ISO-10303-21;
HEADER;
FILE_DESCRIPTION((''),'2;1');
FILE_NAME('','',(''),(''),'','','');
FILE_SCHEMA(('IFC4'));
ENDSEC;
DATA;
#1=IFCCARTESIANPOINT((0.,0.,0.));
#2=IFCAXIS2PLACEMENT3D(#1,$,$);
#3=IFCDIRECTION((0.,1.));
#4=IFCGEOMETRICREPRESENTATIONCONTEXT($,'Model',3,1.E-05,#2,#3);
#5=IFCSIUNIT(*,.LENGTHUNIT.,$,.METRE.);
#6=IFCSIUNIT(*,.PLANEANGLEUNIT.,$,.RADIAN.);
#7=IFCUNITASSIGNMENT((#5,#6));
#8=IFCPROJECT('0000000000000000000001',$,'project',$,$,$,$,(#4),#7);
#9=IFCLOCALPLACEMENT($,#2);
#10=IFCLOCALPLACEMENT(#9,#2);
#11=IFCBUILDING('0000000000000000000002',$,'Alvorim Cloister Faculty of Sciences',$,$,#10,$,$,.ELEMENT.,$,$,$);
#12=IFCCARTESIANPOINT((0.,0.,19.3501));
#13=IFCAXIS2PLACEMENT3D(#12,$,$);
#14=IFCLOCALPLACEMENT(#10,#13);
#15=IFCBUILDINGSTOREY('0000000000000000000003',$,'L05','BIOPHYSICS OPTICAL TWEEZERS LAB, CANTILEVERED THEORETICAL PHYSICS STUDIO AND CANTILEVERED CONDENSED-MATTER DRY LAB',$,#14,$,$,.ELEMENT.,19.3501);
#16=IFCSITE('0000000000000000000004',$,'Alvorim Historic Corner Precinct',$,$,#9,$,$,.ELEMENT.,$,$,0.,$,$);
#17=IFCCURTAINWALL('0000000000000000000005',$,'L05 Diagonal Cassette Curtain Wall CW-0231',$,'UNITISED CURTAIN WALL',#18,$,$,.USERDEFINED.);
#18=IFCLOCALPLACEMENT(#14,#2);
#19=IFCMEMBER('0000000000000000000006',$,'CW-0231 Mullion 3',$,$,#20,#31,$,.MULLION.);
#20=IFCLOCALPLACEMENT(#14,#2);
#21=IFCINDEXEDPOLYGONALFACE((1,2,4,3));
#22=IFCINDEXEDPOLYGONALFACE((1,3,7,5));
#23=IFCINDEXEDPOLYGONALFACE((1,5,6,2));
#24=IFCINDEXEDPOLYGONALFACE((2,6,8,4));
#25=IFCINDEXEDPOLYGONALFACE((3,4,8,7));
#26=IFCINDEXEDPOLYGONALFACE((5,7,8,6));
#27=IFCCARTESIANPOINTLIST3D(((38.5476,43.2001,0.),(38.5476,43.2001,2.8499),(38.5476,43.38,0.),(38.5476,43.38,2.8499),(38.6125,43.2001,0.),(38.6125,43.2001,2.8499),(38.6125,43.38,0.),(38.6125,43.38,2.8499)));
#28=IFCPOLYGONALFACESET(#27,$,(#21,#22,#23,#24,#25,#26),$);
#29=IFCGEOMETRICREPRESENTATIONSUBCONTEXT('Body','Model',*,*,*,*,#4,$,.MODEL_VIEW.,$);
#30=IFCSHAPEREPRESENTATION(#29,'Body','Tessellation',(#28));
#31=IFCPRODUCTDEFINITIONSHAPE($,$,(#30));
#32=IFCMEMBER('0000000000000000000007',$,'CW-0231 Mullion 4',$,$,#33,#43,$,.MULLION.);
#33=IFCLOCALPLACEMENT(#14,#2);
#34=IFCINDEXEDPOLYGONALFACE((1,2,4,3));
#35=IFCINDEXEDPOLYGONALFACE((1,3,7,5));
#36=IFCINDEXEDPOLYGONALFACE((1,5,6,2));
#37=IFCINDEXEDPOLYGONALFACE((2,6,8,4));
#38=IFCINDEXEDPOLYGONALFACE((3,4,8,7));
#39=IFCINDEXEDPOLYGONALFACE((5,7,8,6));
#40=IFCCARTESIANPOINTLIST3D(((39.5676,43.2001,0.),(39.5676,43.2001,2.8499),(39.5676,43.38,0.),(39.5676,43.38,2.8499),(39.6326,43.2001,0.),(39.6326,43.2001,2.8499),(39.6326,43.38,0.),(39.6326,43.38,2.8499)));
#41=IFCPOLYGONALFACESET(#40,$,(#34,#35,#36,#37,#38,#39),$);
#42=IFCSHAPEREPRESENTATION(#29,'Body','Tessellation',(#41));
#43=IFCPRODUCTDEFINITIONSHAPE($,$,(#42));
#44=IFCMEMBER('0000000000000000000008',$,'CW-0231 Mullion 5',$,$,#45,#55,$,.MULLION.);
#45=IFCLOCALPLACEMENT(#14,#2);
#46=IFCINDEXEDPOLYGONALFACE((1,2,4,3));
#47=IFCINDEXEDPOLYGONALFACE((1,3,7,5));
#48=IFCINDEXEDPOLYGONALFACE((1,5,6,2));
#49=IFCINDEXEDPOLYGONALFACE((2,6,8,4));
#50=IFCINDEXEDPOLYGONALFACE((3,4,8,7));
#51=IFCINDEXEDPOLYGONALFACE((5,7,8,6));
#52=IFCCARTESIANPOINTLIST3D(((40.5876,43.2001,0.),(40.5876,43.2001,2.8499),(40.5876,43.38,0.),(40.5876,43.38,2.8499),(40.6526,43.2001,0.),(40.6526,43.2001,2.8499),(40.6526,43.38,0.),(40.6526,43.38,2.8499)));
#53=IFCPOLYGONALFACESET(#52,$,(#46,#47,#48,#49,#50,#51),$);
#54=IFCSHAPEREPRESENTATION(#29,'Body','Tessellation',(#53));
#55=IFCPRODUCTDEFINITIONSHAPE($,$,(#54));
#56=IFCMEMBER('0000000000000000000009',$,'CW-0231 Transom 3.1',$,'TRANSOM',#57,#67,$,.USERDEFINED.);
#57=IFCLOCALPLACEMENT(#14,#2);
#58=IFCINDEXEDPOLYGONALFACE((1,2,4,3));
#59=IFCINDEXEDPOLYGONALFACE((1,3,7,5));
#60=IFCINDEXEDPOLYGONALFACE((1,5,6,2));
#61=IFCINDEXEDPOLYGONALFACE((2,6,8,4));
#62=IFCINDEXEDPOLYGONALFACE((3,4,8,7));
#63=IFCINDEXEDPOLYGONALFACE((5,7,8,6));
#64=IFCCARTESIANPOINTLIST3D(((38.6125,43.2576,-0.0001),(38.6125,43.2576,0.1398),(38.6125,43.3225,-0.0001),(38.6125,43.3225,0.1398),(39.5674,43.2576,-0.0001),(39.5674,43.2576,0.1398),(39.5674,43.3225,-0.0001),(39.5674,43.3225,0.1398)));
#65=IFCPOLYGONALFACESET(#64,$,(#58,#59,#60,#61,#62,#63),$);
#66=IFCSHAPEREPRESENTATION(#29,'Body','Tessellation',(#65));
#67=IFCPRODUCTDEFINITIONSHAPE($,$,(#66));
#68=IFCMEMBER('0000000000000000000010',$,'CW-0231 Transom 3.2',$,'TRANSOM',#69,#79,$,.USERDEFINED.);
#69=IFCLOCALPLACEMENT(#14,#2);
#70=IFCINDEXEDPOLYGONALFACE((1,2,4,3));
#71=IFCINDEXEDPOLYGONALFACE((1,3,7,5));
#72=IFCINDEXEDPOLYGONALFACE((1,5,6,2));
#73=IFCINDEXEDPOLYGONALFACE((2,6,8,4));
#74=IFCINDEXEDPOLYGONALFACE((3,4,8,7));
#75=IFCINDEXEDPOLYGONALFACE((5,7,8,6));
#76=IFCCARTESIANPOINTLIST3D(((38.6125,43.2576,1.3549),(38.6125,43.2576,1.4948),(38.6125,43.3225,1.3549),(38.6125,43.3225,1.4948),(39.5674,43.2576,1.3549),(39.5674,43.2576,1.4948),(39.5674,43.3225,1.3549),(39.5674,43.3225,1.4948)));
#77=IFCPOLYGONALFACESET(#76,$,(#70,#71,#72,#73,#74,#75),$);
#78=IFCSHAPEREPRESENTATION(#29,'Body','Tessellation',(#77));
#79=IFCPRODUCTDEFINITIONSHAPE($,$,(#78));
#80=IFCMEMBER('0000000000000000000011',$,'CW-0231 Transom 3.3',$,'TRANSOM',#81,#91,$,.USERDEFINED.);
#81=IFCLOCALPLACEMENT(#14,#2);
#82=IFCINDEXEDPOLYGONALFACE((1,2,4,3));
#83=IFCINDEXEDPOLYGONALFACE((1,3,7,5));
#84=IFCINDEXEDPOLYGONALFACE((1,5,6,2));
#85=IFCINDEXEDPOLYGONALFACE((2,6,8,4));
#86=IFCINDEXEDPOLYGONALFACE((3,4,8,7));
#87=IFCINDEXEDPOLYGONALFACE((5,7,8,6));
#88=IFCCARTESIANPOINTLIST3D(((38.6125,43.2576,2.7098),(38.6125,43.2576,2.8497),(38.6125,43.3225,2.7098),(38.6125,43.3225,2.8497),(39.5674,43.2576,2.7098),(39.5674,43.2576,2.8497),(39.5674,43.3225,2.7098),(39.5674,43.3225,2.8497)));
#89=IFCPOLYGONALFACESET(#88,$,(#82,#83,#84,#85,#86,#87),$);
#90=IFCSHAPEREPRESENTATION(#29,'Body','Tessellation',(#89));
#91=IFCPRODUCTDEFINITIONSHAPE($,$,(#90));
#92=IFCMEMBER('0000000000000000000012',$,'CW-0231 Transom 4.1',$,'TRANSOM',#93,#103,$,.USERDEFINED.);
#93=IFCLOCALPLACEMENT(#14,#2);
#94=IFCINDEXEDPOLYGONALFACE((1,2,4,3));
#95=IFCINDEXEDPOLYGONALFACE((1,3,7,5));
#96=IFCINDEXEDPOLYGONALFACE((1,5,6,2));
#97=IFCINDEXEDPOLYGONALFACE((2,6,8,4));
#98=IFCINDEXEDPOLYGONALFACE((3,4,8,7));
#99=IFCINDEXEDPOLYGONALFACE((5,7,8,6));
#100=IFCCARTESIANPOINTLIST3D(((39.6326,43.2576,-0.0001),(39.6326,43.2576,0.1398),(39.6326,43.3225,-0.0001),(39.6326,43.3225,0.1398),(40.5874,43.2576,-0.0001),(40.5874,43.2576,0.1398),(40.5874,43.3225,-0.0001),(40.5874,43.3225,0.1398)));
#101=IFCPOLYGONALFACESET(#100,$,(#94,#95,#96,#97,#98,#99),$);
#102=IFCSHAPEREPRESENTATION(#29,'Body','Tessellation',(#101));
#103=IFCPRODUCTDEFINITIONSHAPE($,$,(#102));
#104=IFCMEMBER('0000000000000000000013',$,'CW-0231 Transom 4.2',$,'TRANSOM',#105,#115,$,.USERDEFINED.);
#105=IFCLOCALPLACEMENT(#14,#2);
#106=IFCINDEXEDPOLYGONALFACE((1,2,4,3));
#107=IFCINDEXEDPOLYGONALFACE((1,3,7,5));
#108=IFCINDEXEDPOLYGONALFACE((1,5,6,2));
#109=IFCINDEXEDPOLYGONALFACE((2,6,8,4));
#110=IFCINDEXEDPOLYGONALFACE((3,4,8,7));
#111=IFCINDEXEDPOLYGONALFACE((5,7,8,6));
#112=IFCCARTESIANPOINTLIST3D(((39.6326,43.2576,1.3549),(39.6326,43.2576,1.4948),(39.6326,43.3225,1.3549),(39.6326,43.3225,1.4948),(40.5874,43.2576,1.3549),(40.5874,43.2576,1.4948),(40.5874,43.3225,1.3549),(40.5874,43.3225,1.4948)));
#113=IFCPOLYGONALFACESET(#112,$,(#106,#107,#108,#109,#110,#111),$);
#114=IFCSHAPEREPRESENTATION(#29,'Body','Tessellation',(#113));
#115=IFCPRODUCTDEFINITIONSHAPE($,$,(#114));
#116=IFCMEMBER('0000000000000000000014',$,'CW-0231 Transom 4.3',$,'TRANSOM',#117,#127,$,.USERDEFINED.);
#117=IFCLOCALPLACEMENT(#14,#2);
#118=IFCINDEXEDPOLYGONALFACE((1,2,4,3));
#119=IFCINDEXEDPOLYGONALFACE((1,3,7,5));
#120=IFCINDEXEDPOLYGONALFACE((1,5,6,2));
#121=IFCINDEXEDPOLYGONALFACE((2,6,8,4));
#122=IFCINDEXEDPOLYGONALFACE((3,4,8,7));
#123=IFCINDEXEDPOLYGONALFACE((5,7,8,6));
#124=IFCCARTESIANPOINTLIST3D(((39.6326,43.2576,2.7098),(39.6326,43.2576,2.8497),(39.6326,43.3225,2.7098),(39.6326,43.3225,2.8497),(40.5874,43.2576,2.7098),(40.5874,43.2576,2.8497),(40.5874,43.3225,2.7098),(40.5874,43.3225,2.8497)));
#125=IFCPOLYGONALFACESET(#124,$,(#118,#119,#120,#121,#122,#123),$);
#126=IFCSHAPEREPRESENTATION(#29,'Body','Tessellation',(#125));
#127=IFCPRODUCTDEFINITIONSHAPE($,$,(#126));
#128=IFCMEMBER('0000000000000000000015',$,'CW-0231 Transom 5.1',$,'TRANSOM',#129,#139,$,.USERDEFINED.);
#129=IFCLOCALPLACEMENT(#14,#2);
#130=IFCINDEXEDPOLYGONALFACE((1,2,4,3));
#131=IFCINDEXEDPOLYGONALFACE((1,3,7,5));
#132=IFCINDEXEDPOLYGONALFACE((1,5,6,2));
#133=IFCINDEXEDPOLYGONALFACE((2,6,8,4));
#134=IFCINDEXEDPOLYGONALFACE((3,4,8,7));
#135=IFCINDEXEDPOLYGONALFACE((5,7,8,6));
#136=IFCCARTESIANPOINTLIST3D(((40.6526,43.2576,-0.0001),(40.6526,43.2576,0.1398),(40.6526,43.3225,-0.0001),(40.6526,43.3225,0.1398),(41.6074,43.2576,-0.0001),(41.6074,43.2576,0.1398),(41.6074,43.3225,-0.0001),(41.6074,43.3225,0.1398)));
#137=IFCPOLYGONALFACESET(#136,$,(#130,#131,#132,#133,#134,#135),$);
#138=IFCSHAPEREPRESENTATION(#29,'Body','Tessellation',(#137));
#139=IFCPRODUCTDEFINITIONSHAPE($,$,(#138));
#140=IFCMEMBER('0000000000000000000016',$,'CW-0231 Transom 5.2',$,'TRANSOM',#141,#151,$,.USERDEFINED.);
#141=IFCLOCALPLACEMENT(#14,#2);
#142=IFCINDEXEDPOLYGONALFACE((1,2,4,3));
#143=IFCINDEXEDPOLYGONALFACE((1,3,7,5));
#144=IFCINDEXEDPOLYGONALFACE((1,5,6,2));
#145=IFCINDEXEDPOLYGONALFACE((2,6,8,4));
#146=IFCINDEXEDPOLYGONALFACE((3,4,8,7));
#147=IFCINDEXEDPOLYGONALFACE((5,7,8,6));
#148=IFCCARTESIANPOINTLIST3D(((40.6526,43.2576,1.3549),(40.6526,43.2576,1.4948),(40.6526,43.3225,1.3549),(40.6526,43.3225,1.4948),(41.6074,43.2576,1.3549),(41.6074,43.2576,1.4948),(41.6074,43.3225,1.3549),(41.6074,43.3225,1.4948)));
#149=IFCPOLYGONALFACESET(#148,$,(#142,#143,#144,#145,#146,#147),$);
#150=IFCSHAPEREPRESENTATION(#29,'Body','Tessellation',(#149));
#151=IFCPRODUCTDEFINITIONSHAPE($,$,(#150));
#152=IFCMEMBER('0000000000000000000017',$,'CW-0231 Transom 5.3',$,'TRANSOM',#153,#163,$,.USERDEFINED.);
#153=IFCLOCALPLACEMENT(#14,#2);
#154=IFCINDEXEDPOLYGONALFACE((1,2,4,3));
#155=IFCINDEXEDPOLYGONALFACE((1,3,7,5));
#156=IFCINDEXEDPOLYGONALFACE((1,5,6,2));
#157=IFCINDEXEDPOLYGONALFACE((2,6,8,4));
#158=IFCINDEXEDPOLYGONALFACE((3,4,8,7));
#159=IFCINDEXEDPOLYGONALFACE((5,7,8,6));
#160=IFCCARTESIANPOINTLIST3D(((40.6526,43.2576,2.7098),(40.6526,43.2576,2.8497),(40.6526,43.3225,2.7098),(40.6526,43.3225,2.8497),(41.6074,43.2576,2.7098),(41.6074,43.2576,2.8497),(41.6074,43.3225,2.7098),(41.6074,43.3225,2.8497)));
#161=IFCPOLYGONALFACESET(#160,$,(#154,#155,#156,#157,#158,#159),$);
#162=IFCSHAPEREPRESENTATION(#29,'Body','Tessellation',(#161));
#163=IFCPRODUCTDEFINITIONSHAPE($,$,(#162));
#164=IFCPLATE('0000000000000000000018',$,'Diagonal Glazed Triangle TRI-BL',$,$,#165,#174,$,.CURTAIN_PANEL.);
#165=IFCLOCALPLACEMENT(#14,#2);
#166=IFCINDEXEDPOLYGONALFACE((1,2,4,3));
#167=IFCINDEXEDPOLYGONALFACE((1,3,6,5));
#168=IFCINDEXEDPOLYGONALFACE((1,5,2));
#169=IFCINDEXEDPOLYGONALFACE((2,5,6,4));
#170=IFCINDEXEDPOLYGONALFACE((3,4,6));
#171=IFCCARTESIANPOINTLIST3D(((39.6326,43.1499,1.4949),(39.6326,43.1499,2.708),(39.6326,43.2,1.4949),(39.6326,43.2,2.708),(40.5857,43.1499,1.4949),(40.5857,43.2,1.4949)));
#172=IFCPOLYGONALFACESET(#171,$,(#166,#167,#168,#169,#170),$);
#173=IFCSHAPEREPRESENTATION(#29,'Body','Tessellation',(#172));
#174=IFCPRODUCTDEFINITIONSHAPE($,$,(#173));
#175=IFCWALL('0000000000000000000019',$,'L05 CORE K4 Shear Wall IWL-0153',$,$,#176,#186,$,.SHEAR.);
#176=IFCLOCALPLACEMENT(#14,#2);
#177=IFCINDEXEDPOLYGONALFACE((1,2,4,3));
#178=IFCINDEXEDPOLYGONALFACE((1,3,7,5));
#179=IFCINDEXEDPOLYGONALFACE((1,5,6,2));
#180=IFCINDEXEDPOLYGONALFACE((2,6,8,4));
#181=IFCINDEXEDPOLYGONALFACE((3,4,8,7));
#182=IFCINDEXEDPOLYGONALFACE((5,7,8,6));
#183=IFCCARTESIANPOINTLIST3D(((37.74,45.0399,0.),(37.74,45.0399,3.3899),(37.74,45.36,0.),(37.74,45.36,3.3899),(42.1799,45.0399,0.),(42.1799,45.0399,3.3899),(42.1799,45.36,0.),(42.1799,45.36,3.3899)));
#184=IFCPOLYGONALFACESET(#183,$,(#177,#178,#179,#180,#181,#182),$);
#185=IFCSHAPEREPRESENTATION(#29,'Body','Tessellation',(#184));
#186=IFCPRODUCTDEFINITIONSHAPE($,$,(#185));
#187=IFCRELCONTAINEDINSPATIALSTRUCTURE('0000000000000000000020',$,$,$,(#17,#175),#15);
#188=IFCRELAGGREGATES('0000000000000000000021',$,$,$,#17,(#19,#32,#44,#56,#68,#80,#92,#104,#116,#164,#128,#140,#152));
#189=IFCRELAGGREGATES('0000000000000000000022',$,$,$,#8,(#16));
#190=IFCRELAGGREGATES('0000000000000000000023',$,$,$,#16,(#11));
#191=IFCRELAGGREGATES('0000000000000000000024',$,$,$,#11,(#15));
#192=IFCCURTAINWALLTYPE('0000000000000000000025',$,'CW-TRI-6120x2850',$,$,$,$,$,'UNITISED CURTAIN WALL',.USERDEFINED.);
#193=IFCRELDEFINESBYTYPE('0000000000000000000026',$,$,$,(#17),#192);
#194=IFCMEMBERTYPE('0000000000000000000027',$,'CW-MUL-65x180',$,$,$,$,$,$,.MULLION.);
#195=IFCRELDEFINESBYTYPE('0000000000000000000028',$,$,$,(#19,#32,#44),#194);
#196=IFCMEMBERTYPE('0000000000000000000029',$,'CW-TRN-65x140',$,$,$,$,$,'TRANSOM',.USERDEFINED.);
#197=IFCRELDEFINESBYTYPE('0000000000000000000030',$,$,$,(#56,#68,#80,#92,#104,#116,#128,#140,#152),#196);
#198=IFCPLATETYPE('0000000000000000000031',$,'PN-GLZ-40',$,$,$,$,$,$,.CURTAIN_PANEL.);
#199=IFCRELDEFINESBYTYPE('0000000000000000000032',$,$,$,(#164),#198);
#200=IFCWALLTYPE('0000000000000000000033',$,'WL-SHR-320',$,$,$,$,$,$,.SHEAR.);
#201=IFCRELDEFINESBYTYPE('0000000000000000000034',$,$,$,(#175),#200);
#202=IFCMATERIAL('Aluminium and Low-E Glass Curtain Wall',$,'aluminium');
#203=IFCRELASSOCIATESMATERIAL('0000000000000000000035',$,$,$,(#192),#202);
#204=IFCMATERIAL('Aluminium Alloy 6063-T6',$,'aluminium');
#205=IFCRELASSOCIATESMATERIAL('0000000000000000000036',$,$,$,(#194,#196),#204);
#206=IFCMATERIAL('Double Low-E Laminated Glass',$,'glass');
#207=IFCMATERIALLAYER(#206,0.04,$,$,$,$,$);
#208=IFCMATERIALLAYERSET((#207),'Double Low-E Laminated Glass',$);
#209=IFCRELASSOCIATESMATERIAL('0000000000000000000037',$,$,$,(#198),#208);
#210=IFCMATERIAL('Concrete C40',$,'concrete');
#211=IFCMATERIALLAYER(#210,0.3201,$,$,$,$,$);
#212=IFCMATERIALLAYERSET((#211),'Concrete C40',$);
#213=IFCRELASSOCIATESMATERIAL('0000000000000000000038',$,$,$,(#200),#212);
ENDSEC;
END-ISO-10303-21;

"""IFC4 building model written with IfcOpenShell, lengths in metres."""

from ifc_helpers import new_model, si_unit, direction, frame, frame_2d, origin, origin_2d, place, context, subcontext, project, spatial, polyline, rectangle, outline, extrude, material, layer, layer_set, material_profile, profile_set, type_object, element, aggregate, save


model = new_model("IFC4")

# Units and contexts
model_context = context("Model", 3, precision=1e-05, world=origin(), true_north=direction((0.0, 1.0)))
body_context = subcontext(model_context, "Body", "Model", "MODEL_VIEW")
ifc_project = project(units=[si_unit("LENGTHUNIT", "METRE"), si_unit("PLANEANGLEUNIT", "RADIAN")], contexts=[model_context])

# Site, building, storey
site_placement = place(None, origin())
site = spatial("IfcSite", under=ifc_project, at=site_placement, Name="Alvorim Historic Corner Precinct", CompositionType="ELEMENT", RefElevation=0.0)
building_placement = place(site_placement, origin())
building = spatial("IfcBuilding", under=site, at=building_placement, Name="Alvorim Cloister Faculty of Sciences", CompositionType="ELEMENT")
storey_placement = place(building_placement, frame((0.0, 0.0, 19.3501)))
storey = spatial("IfcBuildingStorey", under=building, at=storey_placement, Name="L05", Description="BIOPHYSICS OPTICAL TWEEZERS LAB, CANTILEVERED THEORETICAL PHYSICS STUDIO AND CANTILEVERED CONDENSED-MATTER DRY LAB", CompositionType="ELEMENT", Elevation=19.3501)

# Curtain wall, members, plate
ifc_material_1 = material(Name="Aluminium and Low-E Glass Curtain Wall", Category="aluminium")
curtain_wall_type = type_object("IfcCurtainWallType", Name="CW-TRI-6120x2850", ElementType="UNITISED CURTAIN WALL", PredefinedType="USERDEFINED", material=ifc_material_1)
curtain_wall_placement = place(storey_placement, origin())
curtain_wall = element("IfcCurtainWall", 1, at=curtain_wall_placement, inside=storey, type_object=curtain_wall_type, Name="L05 Diagonal Cassette Curtain Wall CW-0231", ObjectType="UNITISED CURTAIN WALL", PredefinedType="USERDEFINED")
ifc_material_2 = material(Name="Aluminium Alloy 6063-T6", Category="aluminium")
ifc_material_profile_1 = material_profile(ifc_material_2, rectangle(XDim=0.0649, YDim=0.1799, at=origin_2d()), Name="ALU-MUL-65x180")
ifc_profile_set_1 = profile_set([ifc_material_profile_1], Name="Aluminium Alloy 6063-T6")
member_type_1 = type_object("IfcMemberType", Name="CW-MUL-65x180", PredefinedType="MULLION", material=ifc_profile_set_1)
member_1_placement = place(storey_placement, frame((38.5801, 43.29, 0.0), z_axis=(0.0, 0.0, 1.0), x_axis=(1.0, 0.0, 0.0)))
member_1 = element("IfcMember", 2, at=member_1_placement, type_object=member_type_1, Name="CW-0231 Mullion 3", PredefinedType="MULLION", context=body_context, shape_type="SweptSolid", body=[
    extrude(rectangle(XDim=0.0649, YDim=0.1799, at=origin_2d()), origin(), (0.0, 0.0, 1.0), 2.8499),
])
member_2_placement = place(storey_placement, frame((39.6001, 43.29, 0.0), z_axis=(0.0, 0.0, 1.0), x_axis=(1.0, 0.0, 0.0)))
member_2 = element("IfcMember", 3, at=member_2_placement, type_object=member_type_1, Name="CW-0231 Mullion 4", PredefinedType="MULLION", context=body_context, shape_type="SweptSolid", body=[
    extrude(rectangle(XDim=0.0649, YDim=0.1799, at=origin_2d()), origin(), (0.0, 0.0, 1.0), 2.8499),
])
member_3_placement = place(storey_placement, frame((40.6201, 43.29, 0.0), z_axis=(0.0, 0.0, 1.0), x_axis=(1.0, 0.0, 0.0)))
member_3 = element("IfcMember", 4, at=member_3_placement, type_object=member_type_1, Name="CW-0231 Mullion 5", PredefinedType="MULLION", context=body_context, shape_type="SweptSolid", body=[
    extrude(rectangle(XDim=0.0649, YDim=0.1799, at=origin_2d()), origin(), (0.0, 0.0, 1.0), 2.8499),
])
ifc_material_profile_2 = material_profile(ifc_material_2, rectangle(XDim=0.0649, YDim=0.1399, at=origin_2d()), Name="ALU-TRN-65x140")
ifc_profile_set_2 = profile_set([ifc_material_profile_2], Name="Aluminium Alloy 6063-T6")
member_type_2 = type_object("IfcMemberType", Name="CW-TRN-65x140", ElementType="TRANSOM", PredefinedType="USERDEFINED", material=ifc_profile_set_2)
member_4_placement = place(storey_placement, frame((38.6125, 43.29, 0.0698), z_axis=(1.0, 0.0, 0.0), x_axis=(0.0, 1.0, 0.0)))
member_4 = element("IfcMember", 5, at=member_4_placement, type_object=member_type_2, Name="CW-0231 Transom 3.1", ObjectType="TRANSOM", PredefinedType="USERDEFINED", context=body_context, shape_type="SweptSolid", body=[
    extrude(rectangle(XDim=0.0649, YDim=0.1399, at=origin_2d()), origin(), (0.0, 0.0, 1.0), 0.9548),
])
member_5_placement = place(storey_placement, frame((38.6125, 43.29, 1.4248), z_axis=(1.0, 0.0, 0.0), x_axis=(0.0, 1.0, 0.0)))
member_5 = element("IfcMember", 6, at=member_5_placement, type_object=member_type_2, Name="CW-0231 Transom 3.2", ObjectType="TRANSOM", PredefinedType="USERDEFINED", context=body_context, shape_type="SweptSolid", body=[
    extrude(rectangle(XDim=0.0649, YDim=0.1399, at=origin_2d()), origin(), (0.0, 0.0, 1.0), 0.9548),
])
member_6_placement = place(storey_placement, frame((38.6125, 43.29, 2.7798), z_axis=(1.0, 0.0, 0.0), x_axis=(0.0, 1.0, 0.0)))
member_6 = element("IfcMember", 7, at=member_6_placement, type_object=member_type_2, Name="CW-0231 Transom 3.3", ObjectType="TRANSOM", PredefinedType="USERDEFINED", context=body_context, shape_type="SweptSolid", body=[
    extrude(rectangle(XDim=0.0649, YDim=0.1399, at=origin_2d()), origin(), (0.0, 0.0, 1.0), 0.9548),
])
member_7_placement = place(storey_placement, frame((39.6326, 43.29, 0.0698), z_axis=(1.0, 0.0, 0.0), x_axis=(0.0, 1.0, 0.0)))
member_7 = element("IfcMember", 8, at=member_7_placement, type_object=member_type_2, Name="CW-0231 Transom 4.1", ObjectType="TRANSOM", PredefinedType="USERDEFINED", context=body_context, shape_type="SweptSolid", body=[
    extrude(rectangle(XDim=0.0649, YDim=0.1399, at=origin_2d()), origin(), (0.0, 0.0, 1.0), 0.9548),
])
member_8_placement = place(storey_placement, frame((39.6326, 43.29, 1.4248), z_axis=(1.0, 0.0, 0.0), x_axis=(0.0, 1.0, 0.0)))
member_8 = element("IfcMember", 9, at=member_8_placement, type_object=member_type_2, Name="CW-0231 Transom 4.2", ObjectType="TRANSOM", PredefinedType="USERDEFINED", context=body_context, shape_type="SweptSolid", body=[
    extrude(rectangle(XDim=0.0649, YDim=0.1399, at=origin_2d()), origin(), (0.0, 0.0, 1.0), 0.9548),
])
member_9_placement = place(storey_placement, frame((39.6326, 43.29, 2.7798), z_axis=(1.0, 0.0, 0.0), x_axis=(0.0, 1.0, 0.0)))
member_9 = element("IfcMember", 10, at=member_9_placement, type_object=member_type_2, Name="CW-0231 Transom 4.3", ObjectType="TRANSOM", PredefinedType="USERDEFINED", context=body_context, shape_type="SweptSolid", body=[
    extrude(rectangle(XDim=0.0649, YDim=0.1399, at=origin_2d()), origin(), (0.0, 0.0, 1.0), 0.9548),
])
member_10_placement = place(storey_placement, frame((40.6526, 43.29, 0.0698), z_axis=(1.0, 0.0, 0.0), x_axis=(0.0, 1.0, 0.0)))
member_10 = element("IfcMember", 11, at=member_10_placement, type_object=member_type_2, Name="CW-0231 Transom 5.1", ObjectType="TRANSOM", PredefinedType="USERDEFINED", context=body_context, shape_type="SweptSolid", body=[
    extrude(rectangle(XDim=0.0649, YDim=0.1399, at=origin_2d()), origin(), (0.0, 0.0, 1.0), 0.9548),
])
member_11_placement = place(storey_placement, frame((40.6526, 43.29, 1.4248), z_axis=(1.0, 0.0, 0.0), x_axis=(0.0, 1.0, 0.0)))
member_11 = element("IfcMember", 12, at=member_11_placement, type_object=member_type_2, Name="CW-0231 Transom 5.2", ObjectType="TRANSOM", PredefinedType="USERDEFINED", context=body_context, shape_type="SweptSolid", body=[
    extrude(rectangle(XDim=0.0649, YDim=0.1399, at=origin_2d()), origin(), (0.0, 0.0, 1.0), 0.9548),
])
member_12_placement = place(storey_placement, frame((40.6526, 43.29, 2.7798), z_axis=(1.0, 0.0, 0.0), x_axis=(0.0, 1.0, 0.0)))
member_12 = element("IfcMember", 13, at=member_12_placement, type_object=member_type_2, Name="CW-0231 Transom 5.3", ObjectType="TRANSOM", PredefinedType="USERDEFINED", context=body_context, shape_type="SweptSolid", body=[
    extrude(rectangle(XDim=0.0649, YDim=0.1399, at=origin_2d()), origin(), (0.0, 0.0, 1.0), 0.9548),
])
ifc_material_3 = material(Name="Double Low-E Laminated Glass", Category="glass")
ifc_layer_1 = layer(ifc_material_3, 0.04)
ifc_layer_set_1 = layer_set([ifc_layer_1], Name="Double Low-E Laminated Glass")
plate_type = type_object("IfcPlateType", Name="PN-GLZ-40", PredefinedType="CURTAIN_PANEL", material=ifc_layer_set_1)
plate_1_placement = place(storey_placement, frame((39.6326, 43.175, 1.4949), z_axis=(0.0, 0.0, 1.0), x_axis=(1.0, 0.0, 0.0)))
plate_1 = element("IfcPlate", 14, at=plate_1_placement, type_object=plate_type, Name="Diagonal Glazed Triangle TRI-BL", PredefinedType="CURTAIN_PANEL", context=body_context, shape_type="SweptSolid", body=[
    extrude(outline(polyline([(0.0, 0.0), (0.9531, 0.0), (0.0, 1.2131), (0.0, 0.0)])), frame((0.0, 0.0249, 0.0), z_axis=(0.0, -1.0, 0.0), x_axis=(1.0, 0.0, 0.0)), (0.0, 0.0, 1.0), 0.05),
])
aggregate(curtain_wall, [member_1, member_2, member_3, member_4, member_5, member_6, member_7, member_8, member_9, plate_1, member_10, member_11, member_12])

# Wall
ifc_material_4 = material(Name="Concrete C40", Category="concrete")
ifc_layer_2 = layer(ifc_material_4, 0.3201)
ifc_layer_set_2 = layer_set([ifc_layer_2], Name="Concrete C40")
wall_type = type_object("IfcWallType", Name="WL-SHR-320", PredefinedType="SHEAR", material=ifc_layer_set_2)
wall_1_placement = place(storey_placement, frame((37.74, 45.2, 0.0), z_axis=(0.0, 0.0, 1.0), x_axis=(1.0, 0.0, 0.0)))
element("IfcWall", 15, at=wall_1_placement, inside=storey, type_object=wall_type, Name="L05 CORE K4 Shear Wall IWL-0153", PredefinedType="SHEAR", context=body_context, shape_type="SweptSolid", body=[
    extrude(rectangle(XDim=4.4399, YDim=0.3201, at=frame_2d((2.22, 0.0))), origin(), (0.0, 0.0, 1.0), 3.3899),
])

save(model, "model.ifc")
